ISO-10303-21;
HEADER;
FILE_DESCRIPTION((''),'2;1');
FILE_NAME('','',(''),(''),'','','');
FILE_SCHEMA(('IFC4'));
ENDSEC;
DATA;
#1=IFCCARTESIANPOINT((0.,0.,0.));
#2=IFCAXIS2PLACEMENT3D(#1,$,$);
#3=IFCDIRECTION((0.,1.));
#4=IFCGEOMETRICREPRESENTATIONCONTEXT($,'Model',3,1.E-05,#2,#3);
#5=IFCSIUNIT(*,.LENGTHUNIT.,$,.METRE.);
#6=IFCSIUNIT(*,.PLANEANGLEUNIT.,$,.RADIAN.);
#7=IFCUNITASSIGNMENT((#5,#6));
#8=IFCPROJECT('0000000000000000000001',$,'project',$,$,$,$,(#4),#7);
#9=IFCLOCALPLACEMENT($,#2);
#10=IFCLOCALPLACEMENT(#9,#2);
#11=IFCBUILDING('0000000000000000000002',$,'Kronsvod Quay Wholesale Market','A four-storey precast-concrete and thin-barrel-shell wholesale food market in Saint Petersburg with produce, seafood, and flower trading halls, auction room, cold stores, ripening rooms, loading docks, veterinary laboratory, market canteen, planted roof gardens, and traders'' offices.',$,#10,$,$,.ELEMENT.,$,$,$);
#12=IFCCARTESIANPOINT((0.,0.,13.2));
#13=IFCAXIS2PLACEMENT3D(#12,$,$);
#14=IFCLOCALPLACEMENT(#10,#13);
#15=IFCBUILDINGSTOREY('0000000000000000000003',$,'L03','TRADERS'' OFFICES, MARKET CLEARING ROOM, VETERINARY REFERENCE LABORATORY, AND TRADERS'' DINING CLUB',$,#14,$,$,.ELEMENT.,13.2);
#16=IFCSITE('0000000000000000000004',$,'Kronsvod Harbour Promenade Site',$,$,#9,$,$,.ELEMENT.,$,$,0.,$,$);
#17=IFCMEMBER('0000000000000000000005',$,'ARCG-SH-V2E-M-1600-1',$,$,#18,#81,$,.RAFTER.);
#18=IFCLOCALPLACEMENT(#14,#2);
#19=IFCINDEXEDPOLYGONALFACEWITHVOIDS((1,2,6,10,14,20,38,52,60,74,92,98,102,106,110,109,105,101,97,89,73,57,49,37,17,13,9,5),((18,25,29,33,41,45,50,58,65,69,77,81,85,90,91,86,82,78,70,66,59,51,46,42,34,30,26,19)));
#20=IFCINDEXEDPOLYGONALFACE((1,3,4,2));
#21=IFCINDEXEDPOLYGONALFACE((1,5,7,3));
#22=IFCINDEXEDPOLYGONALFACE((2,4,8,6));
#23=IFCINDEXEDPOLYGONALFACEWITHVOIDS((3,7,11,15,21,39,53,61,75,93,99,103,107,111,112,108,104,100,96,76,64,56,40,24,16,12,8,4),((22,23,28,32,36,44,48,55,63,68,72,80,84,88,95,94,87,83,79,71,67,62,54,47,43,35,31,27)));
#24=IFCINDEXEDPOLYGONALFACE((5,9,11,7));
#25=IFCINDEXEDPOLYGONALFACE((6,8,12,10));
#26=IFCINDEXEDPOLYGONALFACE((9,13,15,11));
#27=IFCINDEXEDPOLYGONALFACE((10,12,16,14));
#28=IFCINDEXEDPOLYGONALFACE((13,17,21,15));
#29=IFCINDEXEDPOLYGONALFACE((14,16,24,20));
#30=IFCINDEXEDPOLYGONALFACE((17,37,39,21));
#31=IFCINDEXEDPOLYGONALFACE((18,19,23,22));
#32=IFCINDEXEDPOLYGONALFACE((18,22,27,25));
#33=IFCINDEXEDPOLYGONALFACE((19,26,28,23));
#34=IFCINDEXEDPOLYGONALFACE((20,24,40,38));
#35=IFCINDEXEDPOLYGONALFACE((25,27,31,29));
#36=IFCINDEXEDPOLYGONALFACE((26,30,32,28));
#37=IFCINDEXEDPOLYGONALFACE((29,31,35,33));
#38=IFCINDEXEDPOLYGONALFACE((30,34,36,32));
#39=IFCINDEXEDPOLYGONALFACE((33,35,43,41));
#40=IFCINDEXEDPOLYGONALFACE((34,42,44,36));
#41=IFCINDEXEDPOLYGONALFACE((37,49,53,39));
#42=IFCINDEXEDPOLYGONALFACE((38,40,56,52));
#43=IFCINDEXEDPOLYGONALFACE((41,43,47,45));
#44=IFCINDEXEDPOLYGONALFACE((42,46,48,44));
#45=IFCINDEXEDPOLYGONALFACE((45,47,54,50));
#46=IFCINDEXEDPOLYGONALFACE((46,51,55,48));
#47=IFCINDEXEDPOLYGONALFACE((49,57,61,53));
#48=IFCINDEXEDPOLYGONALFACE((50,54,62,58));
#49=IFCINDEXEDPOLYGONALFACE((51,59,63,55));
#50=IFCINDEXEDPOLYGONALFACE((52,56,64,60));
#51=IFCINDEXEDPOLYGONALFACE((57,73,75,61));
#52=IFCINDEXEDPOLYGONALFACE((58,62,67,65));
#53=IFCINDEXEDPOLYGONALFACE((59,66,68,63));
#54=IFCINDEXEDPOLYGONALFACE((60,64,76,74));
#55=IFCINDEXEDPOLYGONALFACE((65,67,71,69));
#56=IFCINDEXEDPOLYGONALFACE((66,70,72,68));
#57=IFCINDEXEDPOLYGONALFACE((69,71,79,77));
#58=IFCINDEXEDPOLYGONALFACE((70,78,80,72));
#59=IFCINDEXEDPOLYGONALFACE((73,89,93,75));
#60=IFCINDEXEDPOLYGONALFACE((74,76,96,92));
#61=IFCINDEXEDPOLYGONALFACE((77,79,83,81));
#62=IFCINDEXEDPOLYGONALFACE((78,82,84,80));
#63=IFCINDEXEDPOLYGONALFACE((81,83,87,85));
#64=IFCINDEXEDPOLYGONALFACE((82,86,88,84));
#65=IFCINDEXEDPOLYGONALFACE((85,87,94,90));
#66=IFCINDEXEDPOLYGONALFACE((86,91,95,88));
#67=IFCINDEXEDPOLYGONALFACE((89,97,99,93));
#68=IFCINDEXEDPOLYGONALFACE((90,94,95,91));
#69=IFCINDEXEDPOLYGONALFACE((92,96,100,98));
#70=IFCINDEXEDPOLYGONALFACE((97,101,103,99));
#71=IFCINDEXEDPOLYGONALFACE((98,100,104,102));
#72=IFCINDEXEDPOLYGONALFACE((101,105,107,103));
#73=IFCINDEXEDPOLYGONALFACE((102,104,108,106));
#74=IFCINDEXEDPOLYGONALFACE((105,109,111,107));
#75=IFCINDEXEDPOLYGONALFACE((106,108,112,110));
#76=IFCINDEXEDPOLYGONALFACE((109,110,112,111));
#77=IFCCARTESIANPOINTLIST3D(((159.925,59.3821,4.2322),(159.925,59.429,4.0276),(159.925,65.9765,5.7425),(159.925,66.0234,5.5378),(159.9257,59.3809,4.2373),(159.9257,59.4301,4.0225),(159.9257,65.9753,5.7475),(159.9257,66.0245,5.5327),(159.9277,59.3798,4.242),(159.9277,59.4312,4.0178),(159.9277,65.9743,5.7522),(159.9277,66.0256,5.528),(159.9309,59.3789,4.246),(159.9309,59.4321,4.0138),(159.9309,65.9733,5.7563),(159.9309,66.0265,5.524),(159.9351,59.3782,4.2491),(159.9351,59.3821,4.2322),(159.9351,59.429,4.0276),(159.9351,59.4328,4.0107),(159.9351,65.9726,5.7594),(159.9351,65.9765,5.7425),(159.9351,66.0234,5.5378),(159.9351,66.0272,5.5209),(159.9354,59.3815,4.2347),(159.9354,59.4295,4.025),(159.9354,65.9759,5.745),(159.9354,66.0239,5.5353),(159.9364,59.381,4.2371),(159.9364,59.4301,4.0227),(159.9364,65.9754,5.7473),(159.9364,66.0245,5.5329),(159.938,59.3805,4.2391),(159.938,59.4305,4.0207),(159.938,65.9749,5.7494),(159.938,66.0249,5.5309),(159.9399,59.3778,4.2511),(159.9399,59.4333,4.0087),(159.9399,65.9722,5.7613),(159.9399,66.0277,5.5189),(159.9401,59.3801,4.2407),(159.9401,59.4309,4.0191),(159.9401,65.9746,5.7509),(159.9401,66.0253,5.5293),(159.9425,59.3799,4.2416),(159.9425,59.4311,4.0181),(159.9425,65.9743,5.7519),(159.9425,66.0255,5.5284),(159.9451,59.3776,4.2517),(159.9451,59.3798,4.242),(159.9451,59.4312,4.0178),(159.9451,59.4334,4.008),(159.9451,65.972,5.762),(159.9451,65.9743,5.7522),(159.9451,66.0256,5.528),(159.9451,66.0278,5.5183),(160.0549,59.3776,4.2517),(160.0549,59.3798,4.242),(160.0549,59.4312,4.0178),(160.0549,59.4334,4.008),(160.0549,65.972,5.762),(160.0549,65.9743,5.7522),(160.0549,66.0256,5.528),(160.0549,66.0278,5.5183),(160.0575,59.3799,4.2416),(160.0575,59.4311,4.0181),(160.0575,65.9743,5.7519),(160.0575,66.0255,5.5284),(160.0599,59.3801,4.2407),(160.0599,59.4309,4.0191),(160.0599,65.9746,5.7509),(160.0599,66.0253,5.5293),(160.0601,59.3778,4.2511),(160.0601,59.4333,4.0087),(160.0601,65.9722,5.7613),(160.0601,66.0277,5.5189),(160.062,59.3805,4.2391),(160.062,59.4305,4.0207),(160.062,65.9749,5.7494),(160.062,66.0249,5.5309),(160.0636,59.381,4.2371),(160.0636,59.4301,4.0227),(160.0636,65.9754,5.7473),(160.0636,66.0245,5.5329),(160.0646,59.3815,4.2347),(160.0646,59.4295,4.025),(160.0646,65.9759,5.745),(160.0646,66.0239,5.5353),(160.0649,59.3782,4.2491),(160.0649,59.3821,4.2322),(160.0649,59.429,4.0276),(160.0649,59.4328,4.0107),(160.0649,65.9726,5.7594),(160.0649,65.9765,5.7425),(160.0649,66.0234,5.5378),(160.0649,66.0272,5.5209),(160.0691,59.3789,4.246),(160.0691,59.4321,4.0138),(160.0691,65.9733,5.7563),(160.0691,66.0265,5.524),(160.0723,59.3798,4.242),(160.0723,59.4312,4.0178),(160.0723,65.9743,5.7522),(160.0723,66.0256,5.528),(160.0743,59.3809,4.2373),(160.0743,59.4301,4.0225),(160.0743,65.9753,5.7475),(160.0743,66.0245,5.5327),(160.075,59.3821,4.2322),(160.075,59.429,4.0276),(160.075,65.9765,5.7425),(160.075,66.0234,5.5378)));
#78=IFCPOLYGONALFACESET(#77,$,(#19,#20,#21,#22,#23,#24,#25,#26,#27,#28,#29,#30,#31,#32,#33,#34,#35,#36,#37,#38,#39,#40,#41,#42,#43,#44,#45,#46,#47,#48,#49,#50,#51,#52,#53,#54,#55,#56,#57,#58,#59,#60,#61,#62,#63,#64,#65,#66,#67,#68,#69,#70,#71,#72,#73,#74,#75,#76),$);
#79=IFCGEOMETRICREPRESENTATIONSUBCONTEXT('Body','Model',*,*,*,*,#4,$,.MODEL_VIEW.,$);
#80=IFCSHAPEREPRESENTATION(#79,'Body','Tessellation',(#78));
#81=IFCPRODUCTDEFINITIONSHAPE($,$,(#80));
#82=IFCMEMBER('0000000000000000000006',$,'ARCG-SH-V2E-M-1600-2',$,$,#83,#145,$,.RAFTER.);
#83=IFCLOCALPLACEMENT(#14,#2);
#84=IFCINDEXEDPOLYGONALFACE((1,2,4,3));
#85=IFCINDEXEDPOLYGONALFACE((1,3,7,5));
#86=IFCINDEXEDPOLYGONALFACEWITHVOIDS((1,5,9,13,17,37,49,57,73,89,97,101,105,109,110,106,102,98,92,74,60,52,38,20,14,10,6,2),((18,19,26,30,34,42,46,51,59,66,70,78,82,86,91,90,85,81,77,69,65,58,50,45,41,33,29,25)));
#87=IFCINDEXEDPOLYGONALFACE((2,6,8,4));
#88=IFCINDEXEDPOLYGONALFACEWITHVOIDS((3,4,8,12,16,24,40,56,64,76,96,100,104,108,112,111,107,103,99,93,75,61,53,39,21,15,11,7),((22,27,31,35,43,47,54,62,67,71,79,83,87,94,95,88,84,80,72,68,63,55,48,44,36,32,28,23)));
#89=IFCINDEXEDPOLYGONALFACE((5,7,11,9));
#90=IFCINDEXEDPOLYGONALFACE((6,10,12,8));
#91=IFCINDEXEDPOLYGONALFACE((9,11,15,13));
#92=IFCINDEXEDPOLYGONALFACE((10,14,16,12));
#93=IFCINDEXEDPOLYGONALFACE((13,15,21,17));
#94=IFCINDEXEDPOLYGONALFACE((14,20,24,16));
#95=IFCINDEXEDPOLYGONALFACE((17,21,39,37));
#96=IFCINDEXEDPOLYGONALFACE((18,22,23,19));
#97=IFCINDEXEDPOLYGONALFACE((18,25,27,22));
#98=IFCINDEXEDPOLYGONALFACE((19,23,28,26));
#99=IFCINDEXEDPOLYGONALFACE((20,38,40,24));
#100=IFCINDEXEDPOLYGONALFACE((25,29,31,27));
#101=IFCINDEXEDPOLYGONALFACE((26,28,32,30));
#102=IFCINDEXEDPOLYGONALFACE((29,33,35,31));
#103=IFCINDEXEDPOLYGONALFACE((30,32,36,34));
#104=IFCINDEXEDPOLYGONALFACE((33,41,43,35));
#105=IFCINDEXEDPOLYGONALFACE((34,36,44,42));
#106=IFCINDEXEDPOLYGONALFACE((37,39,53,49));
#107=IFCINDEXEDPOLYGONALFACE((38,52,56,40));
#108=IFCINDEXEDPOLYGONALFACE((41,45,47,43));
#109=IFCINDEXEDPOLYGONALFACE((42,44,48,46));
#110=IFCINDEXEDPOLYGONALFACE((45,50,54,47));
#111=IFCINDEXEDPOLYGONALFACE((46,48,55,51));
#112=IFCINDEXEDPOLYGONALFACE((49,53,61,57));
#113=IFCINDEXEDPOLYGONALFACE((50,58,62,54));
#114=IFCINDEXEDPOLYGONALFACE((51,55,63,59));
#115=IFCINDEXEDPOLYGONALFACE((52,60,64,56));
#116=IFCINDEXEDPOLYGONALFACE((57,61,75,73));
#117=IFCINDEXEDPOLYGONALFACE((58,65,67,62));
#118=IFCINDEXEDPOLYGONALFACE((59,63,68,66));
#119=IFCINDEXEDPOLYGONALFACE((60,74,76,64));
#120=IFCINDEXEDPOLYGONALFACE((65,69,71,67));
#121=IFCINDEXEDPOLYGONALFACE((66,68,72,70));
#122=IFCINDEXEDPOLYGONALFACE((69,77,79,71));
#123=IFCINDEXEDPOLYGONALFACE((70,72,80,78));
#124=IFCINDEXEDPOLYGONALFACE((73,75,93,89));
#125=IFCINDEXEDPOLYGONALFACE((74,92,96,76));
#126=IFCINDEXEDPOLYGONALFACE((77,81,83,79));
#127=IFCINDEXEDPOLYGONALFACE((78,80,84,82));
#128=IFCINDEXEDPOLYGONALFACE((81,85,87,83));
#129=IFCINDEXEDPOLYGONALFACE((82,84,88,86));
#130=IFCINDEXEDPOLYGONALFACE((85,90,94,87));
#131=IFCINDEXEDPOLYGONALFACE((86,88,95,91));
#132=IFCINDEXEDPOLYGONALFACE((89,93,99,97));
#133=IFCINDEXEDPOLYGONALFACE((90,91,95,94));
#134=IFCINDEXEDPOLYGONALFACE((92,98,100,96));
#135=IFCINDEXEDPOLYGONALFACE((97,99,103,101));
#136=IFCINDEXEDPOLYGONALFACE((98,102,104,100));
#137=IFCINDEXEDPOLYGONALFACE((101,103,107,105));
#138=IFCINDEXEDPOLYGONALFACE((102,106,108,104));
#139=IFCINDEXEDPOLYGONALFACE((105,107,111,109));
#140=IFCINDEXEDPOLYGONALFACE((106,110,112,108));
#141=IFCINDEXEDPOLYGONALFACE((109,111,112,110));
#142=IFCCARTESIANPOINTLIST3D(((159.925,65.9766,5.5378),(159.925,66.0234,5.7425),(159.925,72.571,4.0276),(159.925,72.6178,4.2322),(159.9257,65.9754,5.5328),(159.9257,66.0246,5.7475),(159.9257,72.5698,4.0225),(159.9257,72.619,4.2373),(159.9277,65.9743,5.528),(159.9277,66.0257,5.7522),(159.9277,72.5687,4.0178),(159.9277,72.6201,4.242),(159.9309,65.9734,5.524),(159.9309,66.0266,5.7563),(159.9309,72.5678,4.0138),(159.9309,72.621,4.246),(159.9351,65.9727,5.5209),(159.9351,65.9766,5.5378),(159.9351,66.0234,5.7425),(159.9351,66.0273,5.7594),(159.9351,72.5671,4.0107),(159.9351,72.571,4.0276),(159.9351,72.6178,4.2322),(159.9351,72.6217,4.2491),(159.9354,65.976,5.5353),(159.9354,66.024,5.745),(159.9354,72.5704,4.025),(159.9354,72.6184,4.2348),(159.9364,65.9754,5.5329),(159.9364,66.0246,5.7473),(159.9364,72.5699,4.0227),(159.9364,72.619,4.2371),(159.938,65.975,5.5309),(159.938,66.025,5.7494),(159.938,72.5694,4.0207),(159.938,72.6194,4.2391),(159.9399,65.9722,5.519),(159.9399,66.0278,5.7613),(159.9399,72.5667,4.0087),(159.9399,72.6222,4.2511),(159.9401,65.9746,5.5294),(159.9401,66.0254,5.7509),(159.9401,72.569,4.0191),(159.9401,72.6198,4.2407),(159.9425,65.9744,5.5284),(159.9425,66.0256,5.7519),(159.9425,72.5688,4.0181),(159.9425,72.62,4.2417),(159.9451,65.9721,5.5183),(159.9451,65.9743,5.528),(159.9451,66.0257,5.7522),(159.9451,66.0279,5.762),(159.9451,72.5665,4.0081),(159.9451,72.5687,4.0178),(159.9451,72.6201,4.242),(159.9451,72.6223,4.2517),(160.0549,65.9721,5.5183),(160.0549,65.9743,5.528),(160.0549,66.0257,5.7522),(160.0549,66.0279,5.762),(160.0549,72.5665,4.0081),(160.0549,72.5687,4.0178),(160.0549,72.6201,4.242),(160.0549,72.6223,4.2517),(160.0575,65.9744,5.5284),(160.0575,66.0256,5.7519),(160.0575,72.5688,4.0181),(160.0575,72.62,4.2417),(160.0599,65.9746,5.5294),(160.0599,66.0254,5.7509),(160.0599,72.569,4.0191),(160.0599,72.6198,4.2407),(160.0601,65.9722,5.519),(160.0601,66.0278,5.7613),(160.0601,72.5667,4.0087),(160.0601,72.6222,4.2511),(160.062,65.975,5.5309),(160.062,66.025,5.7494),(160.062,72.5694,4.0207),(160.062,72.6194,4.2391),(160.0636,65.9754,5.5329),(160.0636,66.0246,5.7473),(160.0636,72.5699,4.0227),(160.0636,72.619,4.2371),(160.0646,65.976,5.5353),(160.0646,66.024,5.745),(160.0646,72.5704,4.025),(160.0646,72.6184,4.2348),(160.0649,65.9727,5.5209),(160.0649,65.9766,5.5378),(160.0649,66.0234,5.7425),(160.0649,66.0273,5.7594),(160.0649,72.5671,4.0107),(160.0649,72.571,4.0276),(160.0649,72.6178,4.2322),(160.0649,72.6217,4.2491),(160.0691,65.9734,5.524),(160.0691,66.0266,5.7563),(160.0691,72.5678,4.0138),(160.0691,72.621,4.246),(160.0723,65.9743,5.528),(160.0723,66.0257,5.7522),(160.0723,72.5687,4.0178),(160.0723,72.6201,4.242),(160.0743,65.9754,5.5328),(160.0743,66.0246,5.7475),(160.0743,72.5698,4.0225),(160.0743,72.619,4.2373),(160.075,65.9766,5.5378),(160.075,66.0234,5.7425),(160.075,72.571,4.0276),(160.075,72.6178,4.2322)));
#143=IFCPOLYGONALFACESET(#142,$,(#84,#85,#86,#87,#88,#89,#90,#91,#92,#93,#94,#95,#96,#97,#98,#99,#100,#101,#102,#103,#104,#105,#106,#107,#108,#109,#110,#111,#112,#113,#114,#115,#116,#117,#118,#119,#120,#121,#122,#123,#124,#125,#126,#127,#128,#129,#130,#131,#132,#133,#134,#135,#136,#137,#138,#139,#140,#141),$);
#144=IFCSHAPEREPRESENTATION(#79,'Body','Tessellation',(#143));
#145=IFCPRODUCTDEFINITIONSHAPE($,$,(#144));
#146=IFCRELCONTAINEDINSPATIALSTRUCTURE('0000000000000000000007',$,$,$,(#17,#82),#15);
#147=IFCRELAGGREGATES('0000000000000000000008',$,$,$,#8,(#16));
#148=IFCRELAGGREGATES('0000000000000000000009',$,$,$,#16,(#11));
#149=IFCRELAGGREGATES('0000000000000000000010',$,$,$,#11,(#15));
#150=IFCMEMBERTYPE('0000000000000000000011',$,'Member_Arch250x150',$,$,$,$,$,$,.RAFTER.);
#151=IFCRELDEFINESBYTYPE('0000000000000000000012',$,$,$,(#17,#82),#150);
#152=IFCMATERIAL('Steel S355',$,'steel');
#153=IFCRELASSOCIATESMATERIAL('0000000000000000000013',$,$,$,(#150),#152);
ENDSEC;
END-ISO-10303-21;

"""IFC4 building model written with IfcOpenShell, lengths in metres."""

from ifc_helpers import new_model, si_unit, direction, frame, origin, origin_2d, place, context, subcontext, project, spatial, hollow_rectangle, extrude, material, material_profile, profile_set, type_object, element, save


model = new_model("IFC4")

# Units and contexts
model_context = context("Model", 3, precision=1e-05, world=origin(), true_north=direction((0.0, 1.0)))
body_context = subcontext(model_context, "Body", "Model", "MODEL_VIEW")
ifc_project = project(units=[si_unit("LENGTHUNIT", "METRE"), si_unit("PLANEANGLEUNIT", "RADIAN")], contexts=[model_context])

# Site, building, storey
site_placement = place(None, origin())
site = spatial("IfcSite", under=ifc_project, at=site_placement, Name="Kronsvod Harbour Promenade Site", CompositionType="ELEMENT", RefElevation=0.0)
building_placement = place(site_placement, origin())
building = spatial("IfcBuilding", under=site, at=building_placement, Name="Kronsvod Quay Wholesale Market", Description="A four-storey precast-concrete and thin-barrel-shell wholesale food market in Saint Petersburg with produce, seafood, and flower trading halls, auction room, cold stores, ripening rooms, loading docks, veterinary laboratory, market canteen, planted roof gardens, and traders' offices.", CompositionType="ELEMENT")
storey_placement = place(building_placement, frame((0.0, 0.0, 13.2)))
storey = spatial("IfcBuildingStorey", under=building, at=storey_placement, Name="L03", Description="TRADERS' OFFICES, MARKET CLEARING ROOM, VETERINARY REFERENCE LABORATORY, AND TRADERS' DINING CLUB", CompositionType="ELEMENT", Elevation=13.2)

# Members
ifc_material_1 = material(Name="Steel S355", Category="steel")
ifc_material_profile_1 = material_profile(ifc_material_1, hollow_rectangle(XDim=0.1499, YDim=0.25, WallThickness=0.01, InnerFilletRadius=0.01, OuterFilletRadius=0.02, at=origin_2d()), Name="RHS250x150x10")
ifc_profile_set_1 = profile_set([ifc_material_profile_1], Name="Steel S355")
member_type_1 = type_object("IfcMemberType", Name="Member_Arch250x150", PredefinedType="RAFTER", material=ifc_profile_set_1)
for number, where, z_axis, x_axis, name in (
    (1, (160.0, 59.4055, 4.1299), (0.0, 0.974764, 0.223238), (-1.0, 0.0, 0.0), "ARCG-SH-V2E-M-1600-1"),
    (2, (160.0, 66.0, 5.6401), (0.0, 0.974764, -0.223238), (-1.0, 0.0, 0.0), "ARCG-SH-V2E-M-1600-2"),
):
    element("IfcMember", number, at=place(storey_placement, frame(where, z_axis=z_axis, x_axis=x_axis)), inside=storey, type_object=member_type_1, Name=name, PredefinedType="RAFTER", context=body_context, shape_type="SweptSolid", body=[
        extrude(hollow_rectangle(XDim=0.1499, YDim=0.25, WallThickness=0.01, InnerFilletRadius=0.01, OuterFilletRadius=0.02, at=origin_2d()), origin(), (0.0, 0.0, 1.0), 6.7651),
    ])

save(model, "model.ifc")
